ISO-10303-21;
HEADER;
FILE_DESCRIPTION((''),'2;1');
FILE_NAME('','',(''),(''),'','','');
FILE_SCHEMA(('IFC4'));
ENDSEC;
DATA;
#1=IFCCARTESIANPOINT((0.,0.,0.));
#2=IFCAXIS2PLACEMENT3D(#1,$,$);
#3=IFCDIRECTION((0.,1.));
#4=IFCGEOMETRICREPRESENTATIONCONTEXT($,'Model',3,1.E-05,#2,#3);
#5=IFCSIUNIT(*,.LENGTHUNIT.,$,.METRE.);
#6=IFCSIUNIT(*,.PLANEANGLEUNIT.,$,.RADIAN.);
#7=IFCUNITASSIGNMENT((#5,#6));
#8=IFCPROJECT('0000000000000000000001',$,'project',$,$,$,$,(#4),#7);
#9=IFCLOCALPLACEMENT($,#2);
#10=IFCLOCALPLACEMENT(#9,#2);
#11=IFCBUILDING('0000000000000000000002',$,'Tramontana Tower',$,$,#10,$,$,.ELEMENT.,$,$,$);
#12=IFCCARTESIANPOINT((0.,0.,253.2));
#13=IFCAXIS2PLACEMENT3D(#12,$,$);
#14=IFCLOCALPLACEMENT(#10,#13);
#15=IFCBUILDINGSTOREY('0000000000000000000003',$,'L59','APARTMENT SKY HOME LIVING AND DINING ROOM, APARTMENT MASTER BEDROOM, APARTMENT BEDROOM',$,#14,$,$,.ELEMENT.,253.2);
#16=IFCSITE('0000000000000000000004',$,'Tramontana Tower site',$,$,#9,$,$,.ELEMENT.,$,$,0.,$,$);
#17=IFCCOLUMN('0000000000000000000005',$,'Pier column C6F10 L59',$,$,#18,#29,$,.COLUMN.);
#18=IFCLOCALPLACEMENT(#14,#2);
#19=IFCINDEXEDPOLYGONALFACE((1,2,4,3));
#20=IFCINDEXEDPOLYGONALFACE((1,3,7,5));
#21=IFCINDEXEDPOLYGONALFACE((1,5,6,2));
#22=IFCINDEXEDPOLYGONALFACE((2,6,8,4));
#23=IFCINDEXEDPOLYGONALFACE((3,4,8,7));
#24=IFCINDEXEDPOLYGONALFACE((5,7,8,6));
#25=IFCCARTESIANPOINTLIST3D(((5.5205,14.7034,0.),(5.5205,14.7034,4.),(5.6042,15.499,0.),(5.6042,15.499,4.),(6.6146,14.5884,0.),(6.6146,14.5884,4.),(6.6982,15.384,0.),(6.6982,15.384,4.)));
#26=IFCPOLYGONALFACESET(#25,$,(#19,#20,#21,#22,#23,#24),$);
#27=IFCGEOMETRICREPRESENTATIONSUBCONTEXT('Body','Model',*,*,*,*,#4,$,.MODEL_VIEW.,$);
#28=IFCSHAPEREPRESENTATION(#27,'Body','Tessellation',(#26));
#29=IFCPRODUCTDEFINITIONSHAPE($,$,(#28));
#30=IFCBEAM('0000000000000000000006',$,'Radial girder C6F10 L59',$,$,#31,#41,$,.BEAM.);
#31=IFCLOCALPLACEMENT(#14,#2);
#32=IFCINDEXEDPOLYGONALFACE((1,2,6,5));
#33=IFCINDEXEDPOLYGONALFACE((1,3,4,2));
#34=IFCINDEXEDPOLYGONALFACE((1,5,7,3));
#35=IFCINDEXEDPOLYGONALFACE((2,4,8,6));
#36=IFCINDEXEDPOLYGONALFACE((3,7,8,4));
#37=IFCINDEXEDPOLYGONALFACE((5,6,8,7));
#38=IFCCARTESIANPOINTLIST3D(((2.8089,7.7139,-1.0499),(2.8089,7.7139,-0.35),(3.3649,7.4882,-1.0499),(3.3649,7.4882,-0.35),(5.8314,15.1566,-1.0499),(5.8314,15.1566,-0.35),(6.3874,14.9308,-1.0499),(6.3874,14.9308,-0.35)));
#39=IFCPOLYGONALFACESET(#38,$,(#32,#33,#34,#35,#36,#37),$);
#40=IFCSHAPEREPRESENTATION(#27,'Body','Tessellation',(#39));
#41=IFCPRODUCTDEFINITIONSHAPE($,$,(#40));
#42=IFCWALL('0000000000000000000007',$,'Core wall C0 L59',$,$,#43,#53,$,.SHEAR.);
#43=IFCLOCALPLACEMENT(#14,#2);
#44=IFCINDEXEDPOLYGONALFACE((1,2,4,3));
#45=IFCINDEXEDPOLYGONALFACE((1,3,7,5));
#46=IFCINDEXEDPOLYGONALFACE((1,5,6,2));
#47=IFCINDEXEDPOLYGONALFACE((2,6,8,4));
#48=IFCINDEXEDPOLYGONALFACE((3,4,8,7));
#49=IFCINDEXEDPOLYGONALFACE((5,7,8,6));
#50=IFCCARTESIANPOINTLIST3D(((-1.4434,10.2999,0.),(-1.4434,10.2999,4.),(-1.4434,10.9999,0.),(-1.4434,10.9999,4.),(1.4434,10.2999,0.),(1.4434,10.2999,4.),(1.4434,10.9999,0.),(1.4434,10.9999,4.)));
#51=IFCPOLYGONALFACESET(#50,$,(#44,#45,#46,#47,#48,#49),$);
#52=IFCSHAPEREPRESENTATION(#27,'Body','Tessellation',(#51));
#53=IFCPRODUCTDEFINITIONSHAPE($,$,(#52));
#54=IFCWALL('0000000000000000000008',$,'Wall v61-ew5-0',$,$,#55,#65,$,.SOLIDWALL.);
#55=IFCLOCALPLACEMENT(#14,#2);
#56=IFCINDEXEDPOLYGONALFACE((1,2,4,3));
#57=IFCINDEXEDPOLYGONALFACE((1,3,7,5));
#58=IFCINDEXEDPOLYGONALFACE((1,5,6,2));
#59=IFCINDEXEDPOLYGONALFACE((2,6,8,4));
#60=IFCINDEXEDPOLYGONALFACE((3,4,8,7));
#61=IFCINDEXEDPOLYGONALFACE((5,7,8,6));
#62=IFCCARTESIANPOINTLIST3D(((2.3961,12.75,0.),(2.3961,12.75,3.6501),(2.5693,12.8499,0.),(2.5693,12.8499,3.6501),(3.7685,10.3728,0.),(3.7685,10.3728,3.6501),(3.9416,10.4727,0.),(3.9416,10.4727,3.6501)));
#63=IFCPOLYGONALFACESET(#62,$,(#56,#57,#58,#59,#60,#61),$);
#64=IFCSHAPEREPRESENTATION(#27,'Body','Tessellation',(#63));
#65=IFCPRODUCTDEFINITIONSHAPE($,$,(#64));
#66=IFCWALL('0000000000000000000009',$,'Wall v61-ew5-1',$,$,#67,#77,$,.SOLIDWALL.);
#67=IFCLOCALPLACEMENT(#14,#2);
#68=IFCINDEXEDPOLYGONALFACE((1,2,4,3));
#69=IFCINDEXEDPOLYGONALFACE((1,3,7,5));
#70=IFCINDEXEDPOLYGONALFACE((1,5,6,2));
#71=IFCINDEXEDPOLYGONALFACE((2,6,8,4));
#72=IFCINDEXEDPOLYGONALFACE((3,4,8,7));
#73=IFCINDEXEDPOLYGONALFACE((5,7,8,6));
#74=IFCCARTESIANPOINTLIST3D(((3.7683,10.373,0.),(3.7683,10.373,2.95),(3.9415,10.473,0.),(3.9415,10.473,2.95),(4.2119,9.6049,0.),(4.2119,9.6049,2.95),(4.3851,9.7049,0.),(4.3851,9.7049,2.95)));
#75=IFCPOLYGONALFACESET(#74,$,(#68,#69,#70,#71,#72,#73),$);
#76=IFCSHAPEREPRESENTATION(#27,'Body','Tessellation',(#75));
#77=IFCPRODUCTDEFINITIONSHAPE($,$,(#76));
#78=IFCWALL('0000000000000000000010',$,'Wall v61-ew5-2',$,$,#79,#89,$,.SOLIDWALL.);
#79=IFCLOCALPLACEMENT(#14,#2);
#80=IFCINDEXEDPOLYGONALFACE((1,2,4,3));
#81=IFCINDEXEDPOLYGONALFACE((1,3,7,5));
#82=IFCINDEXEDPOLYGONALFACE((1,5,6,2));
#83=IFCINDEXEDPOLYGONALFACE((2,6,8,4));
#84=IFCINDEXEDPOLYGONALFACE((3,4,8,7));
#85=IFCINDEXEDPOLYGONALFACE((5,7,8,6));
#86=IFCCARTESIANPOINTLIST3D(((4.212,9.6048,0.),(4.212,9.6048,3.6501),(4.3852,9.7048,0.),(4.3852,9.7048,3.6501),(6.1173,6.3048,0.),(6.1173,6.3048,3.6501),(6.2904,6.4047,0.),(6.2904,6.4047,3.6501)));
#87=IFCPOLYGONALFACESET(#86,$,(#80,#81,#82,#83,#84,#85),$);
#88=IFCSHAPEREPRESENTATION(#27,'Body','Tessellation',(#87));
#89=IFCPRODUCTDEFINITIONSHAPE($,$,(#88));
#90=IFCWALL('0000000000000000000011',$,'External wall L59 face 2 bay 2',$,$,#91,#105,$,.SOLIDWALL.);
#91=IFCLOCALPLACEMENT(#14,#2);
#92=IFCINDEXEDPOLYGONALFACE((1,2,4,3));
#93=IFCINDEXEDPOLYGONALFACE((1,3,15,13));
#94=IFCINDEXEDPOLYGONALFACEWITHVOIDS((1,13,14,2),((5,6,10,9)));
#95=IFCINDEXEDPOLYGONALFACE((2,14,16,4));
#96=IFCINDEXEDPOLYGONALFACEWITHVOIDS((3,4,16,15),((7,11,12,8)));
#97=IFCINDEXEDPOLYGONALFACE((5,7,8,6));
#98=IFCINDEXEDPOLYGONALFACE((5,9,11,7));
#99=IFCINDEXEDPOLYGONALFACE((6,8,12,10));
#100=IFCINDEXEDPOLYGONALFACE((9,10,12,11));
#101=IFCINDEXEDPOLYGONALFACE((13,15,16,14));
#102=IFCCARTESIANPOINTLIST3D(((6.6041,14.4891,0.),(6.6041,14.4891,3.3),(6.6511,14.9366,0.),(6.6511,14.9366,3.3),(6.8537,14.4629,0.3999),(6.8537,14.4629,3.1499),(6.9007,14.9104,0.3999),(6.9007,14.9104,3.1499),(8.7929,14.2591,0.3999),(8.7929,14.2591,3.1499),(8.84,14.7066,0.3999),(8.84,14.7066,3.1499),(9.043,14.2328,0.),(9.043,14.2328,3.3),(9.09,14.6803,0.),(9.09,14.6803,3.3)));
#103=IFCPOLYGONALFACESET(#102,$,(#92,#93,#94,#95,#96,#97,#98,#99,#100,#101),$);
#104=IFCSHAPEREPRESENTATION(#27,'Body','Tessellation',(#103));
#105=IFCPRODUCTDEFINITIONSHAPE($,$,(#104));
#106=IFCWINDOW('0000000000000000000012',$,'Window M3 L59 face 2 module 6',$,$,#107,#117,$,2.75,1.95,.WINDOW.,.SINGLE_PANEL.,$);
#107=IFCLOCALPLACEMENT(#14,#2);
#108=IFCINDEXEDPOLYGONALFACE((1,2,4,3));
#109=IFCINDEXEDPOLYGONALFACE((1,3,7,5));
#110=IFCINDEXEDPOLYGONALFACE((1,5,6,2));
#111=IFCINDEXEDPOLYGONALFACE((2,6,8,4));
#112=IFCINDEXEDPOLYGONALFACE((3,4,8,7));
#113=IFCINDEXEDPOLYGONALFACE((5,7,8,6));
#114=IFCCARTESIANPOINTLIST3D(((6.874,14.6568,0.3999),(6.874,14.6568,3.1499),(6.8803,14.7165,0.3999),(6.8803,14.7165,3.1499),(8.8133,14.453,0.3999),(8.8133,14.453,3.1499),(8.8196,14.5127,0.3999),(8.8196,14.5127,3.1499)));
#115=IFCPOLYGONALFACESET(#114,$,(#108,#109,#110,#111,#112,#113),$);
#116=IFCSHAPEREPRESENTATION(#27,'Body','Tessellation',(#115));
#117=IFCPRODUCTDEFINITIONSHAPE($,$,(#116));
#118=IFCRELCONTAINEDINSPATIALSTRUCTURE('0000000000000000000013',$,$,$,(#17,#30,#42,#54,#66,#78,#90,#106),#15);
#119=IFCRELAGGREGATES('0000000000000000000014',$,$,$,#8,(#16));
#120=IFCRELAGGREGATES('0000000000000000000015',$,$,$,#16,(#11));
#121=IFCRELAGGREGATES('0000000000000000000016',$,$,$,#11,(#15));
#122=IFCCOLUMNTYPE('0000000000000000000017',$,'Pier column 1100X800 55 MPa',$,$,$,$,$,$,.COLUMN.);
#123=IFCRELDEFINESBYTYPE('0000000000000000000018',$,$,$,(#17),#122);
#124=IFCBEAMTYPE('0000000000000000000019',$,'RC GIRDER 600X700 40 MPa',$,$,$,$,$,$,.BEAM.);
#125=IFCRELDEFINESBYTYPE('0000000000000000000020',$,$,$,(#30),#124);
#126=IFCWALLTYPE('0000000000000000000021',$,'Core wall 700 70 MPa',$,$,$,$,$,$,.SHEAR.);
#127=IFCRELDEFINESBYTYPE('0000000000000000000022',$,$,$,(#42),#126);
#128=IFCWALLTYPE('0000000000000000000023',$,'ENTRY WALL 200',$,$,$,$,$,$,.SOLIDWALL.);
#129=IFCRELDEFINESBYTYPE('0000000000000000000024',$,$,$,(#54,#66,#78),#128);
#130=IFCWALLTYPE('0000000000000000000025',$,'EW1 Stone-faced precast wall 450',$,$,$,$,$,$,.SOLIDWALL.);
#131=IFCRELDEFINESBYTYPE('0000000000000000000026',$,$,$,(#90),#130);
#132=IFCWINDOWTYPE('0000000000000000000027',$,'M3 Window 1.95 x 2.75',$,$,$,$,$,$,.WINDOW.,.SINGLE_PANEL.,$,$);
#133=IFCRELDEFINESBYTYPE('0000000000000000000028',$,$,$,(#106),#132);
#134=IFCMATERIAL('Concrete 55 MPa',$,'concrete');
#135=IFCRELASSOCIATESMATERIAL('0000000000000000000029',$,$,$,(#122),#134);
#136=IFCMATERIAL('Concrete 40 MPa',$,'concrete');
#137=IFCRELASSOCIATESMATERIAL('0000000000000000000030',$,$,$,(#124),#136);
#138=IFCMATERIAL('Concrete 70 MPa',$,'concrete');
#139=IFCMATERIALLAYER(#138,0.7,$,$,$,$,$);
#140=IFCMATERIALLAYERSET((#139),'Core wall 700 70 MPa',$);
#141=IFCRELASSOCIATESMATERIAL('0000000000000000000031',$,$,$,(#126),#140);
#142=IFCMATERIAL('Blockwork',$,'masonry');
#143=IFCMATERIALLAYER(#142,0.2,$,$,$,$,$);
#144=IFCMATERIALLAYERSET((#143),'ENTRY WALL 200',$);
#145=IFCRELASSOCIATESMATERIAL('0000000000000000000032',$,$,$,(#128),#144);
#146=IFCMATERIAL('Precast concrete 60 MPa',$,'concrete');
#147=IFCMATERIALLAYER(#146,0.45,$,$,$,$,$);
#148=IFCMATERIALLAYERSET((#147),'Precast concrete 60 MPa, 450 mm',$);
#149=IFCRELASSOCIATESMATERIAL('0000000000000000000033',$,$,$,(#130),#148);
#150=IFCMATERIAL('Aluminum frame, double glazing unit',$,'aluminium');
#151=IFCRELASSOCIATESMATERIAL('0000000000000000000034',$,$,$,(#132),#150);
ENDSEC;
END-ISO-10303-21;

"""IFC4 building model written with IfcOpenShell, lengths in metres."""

from ifc_helpers import new_model, si_unit, direction, frame, frame_2d, origin, origin_2d, place, context, subcontext, project, spatial, rectangle, extrude, material, layer, layer_set, material_profile, profile_set, type_object, element, fill, save


model = new_model("IFC4")

# Units and contexts
model_context = context("Model", 3, precision=1e-05, world=origin(), true_north=direction((0.0, 1.0)))
body_context = subcontext(model_context, "Body", "Model", "MODEL_VIEW")
ifc_project = project(units=[si_unit("LENGTHUNIT", "METRE"), si_unit("PLANEANGLEUNIT", "RADIAN")], contexts=[model_context])

# Site, building, storey
site_placement = place(None, origin())
site = spatial("IfcSite", under=ifc_project, at=site_placement, Name="Tramontana Tower site", CompositionType="ELEMENT", RefElevation=0.0)
building_placement = place(site_placement, origin())
building = spatial("IfcBuilding", under=site, at=building_placement, Name="Tramontana Tower", CompositionType="ELEMENT")
storey_placement = place(building_placement, frame((0.0, 0.0, 253.2)))
storey = spatial("IfcBuildingStorey", under=building, at=storey_placement, Name="L59", Description="APARTMENT SKY HOME LIVING AND DINING ROOM, APARTMENT MASTER BEDROOM, APARTMENT BEDROOM", CompositionType="ELEMENT", Elevation=253.2)

# Column
ifc_material_1 = material(Name="Concrete 55 MPa", Category="concrete")
ifc_material_profile_1 = material_profile(ifc_material_1, rectangle(XDim=1.1001, YDim=0.8, at=origin_2d()), Name="Pier column 1100X800 55 MPa")
ifc_profile_set_1 = profile_set([ifc_material_profile_1], Name="Concrete 55 MPa")
column_type = type_object("IfcColumnType", Name="Pier column 1100X800 55 MPa", PredefinedType="COLUMN", material=ifc_profile_set_1)
column_placement = place(storey_placement, frame((6.1094, 15.0437, 0.0), z_axis=(0.0, 0.0, 1.0), x_axis=(-0.994522, 0.104528, 0.0)))
element("IfcColumn", 1, at=column_placement, inside=storey, type_object=column_type, Name="Pier column C6F10 L59", PredefinedType="COLUMN", context=body_context, shape_type="SweptSolid", body=[
    extrude(rectangle(XDim=1.1001, YDim=0.8, at=origin_2d()), origin(), (0.0, 0.0, 1.0), 4.0),
])

# Beam
ifc_material_2 = material(Name="Concrete 40 MPa", Category="concrete")
ifc_material_profile_2 = material_profile(ifc_material_2, rectangle(XDim=0.6001, YDim=0.7, at=origin_2d()), Name="RC GIRDER 600X700 40 MPa")
ifc_profile_set_2 = profile_set([ifc_material_profile_2], Name="Concrete 40 MPa")
beam_type = type_object("IfcBeamType", Name="RC GIRDER 600X700 40 MPa", PredefinedType="BEAM", material=ifc_profile_set_2)
beam_placement = place(storey_placement, frame((6.1094, 15.0437, -0.7), z_axis=(-0.376259, -0.926515, 0.0), x_axis=(0.926515, -0.376259, 0.0)))
element("IfcBeam", 2, at=beam_placement, inside=storey, type_object=beam_type, Name="Radial girder C6F10 L59", PredefinedType="BEAM", context=body_context, shape_type="SweptSolid", body=[
    extrude(rectangle(XDim=0.6001, YDim=0.7, at=origin_2d()), origin(), (0.0, 0.0, 1.0), 8.033),
])

# Walls
ifc_material_3 = material(Name="Concrete 70 MPa", Category="concrete")
ifc_layer_1 = layer(ifc_material_3, 0.7)
ifc_layer_set_1 = layer_set([ifc_layer_1], Name="Core wall 700 70 MPa")
wall_type_1 = type_object("IfcWallType", Name="Core wall 700 70 MPa", PredefinedType="SHEAR", material=ifc_layer_set_1)
wall_1_placement = place(storey_placement, frame((1.4434, 10.6499, 0.0), z_axis=(0.0, 0.0, 1.0), x_axis=(-1.0, 0.0, 0.0)))
element("IfcWall", 3, at=wall_1_placement, inside=storey, type_object=wall_type_1, Name="Core wall C0 L59", PredefinedType="SHEAR", context=body_context, shape_type="SweptSolid", body=[
    extrude(rectangle(XDim=2.8867, YDim=0.7, at=frame_2d((1.4434, 0.0))), origin(), (0.0, 0.0, 1.0), 4.0),
])
ifc_material_4 = material(Name="Blockwork", Category="masonry")
ifc_layer_2 = layer(ifc_material_4, 0.2)
ifc_layer_set_2 = layer_set([ifc_layer_2], Name="ENTRY WALL 200")
wall_type_2 = type_object("IfcWallType", Name="ENTRY WALL 200", PredefinedType="SOLIDWALL", material=ifc_layer_set_2)
wall_2_placement = place(storey_placement, frame((2.4827, 12.8, 0.0), z_axis=(0.0, 0.0, 1.0), x_axis=(0.499956, -0.866051, 0.0)))
element("IfcWall", 4, at=wall_2_placement, inside=storey, type_object=wall_type_2, Name="Wall v61-ew5-0", PredefinedType="SOLIDWALL", context=body_context, shape_type="SweptSolid", body=[
    extrude(rectangle(XDim=2.7449, YDim=0.2, at=frame_2d((1.3726, 0.0))), origin(), (0.0, 0.0, 1.0), 3.6501),
])
wall_3_placement = place(storey_placement, frame((3.855, 10.4229, 0.0), z_axis=(0.0, 0.0, 1.0), x_axis=(0.500135, -0.865947, 0.0)))
element("IfcWall", 5, at=wall_3_placement, inside=storey, type_object=wall_type_2, Name="Wall v61-ew5-1", PredefinedType="SOLIDWALL", context=body_context, shape_type="SweptSolid", body=[
    extrude(rectangle(XDim=0.887, YDim=0.2, at=frame_2d((0.4434, 0.0))), origin(), (0.0, 0.0, 1.0), 2.95),
])
wall_4_placement = place(storey_placement, frame((4.2986, 9.6548, 0.0), z_axis=(0.0, 0.0, 1.0), x_axis=(0.499998, -0.866027, 0.0)))
element("IfcWall", 6, at=wall_4_placement, inside=storey, type_object=wall_type_2, Name="Wall v61-ew5-2", PredefinedType="SOLIDWALL", context=body_context, shape_type="SweptSolid", body=[
    extrude(rectangle(XDim=3.8105, YDim=0.2, at=frame_2d((1.9053, 0.0))), origin(), (0.0, 0.0, 1.0), 3.6501),
])

# Wall, opening, window
ifc_material_5 = material(Name="Precast concrete 60 MPa", Category="concrete")
ifc_layer_3 = layer(ifc_material_5, 0.45)
ifc_layer_set_3 = layer_set([ifc_layer_3], Name="Precast concrete 60 MPa, 450 mm")
wall_type_3 = type_object("IfcWallType", Name="EW1 Stone-faced precast wall 450", PredefinedType="SOLIDWALL", material=ifc_layer_set_3)
wall_5_placement = place(storey_placement, frame((9.0664, 14.4565, 0.0), z_axis=(0.0, 0.0, 1.0), x_axis=(-0.994522, 0.104529, 0.0)))
wall_5 = element("IfcWall", 7, at=wall_5_placement, inside=storey, type_object=wall_type_3, Name="External wall L59 face 2 bay 2", PredefinedType="SOLIDWALL", context=body_context, shape_type="SweptSolid", body=[
    extrude(rectangle(XDim=2.4524, YDim=0.45, at=frame_2d((1.2261, 0.0))), origin(), (0.0, 0.0, 1.0), 3.3),
])
opening_1_placement = place(wall_5_placement, frame((0.2512, 0.0, 0.3999)))
opening_1 = element("IfcOpeningElement", 8, at=opening_1_placement, cuts=wall_5, PredefinedType="OPENING", context=body_context, shape_type="SweptSolid", body=[
    extrude(rectangle(XDim=1.95, YDim=2.75, at=frame_2d((0.9751, 1.375))), frame((0.0, 0.2349, 0.0), z_axis=(0.0, -1.0, 0.0), x_axis=(1.0, 0.0, 0.0)), (0.0, 0.0, 1.0), 0.47),
])
ifc_material_6 = material(Name="Aluminum frame, double glazing unit", Category="aluminium")
window_type = type_object("IfcWindowType", Name="M3 Window 1.95 x 2.75", PartitioningType="SINGLE_PANEL", PredefinedType="WINDOW", material=ifc_material_6)
window_1_placement = place(opening_1_placement, origin())
window_1 = element("IfcWindow", 9, at=window_1_placement, inside=storey, type_object=window_type, Name="Window M3 L59 face 2 module 6", OverallHeight=2.75, OverallWidth=1.95, PartitioningType="SINGLE_PANEL", PredefinedType="WINDOW", context=body_context, shape_type="SweptSolid", body=[
    extrude(rectangle(XDim=1.95, YDim=2.75, at=frame_2d((0.9751, 1.375))), frame((0.0, 0.03, 0.0), z_axis=(0.0, -1.0, 0.0), x_axis=(1.0, 0.0, 0.0)), (0.0, 0.0, 1.0), 0.0601),
])
fill(opening_1, window_1)

save(model, "model.ifc")
